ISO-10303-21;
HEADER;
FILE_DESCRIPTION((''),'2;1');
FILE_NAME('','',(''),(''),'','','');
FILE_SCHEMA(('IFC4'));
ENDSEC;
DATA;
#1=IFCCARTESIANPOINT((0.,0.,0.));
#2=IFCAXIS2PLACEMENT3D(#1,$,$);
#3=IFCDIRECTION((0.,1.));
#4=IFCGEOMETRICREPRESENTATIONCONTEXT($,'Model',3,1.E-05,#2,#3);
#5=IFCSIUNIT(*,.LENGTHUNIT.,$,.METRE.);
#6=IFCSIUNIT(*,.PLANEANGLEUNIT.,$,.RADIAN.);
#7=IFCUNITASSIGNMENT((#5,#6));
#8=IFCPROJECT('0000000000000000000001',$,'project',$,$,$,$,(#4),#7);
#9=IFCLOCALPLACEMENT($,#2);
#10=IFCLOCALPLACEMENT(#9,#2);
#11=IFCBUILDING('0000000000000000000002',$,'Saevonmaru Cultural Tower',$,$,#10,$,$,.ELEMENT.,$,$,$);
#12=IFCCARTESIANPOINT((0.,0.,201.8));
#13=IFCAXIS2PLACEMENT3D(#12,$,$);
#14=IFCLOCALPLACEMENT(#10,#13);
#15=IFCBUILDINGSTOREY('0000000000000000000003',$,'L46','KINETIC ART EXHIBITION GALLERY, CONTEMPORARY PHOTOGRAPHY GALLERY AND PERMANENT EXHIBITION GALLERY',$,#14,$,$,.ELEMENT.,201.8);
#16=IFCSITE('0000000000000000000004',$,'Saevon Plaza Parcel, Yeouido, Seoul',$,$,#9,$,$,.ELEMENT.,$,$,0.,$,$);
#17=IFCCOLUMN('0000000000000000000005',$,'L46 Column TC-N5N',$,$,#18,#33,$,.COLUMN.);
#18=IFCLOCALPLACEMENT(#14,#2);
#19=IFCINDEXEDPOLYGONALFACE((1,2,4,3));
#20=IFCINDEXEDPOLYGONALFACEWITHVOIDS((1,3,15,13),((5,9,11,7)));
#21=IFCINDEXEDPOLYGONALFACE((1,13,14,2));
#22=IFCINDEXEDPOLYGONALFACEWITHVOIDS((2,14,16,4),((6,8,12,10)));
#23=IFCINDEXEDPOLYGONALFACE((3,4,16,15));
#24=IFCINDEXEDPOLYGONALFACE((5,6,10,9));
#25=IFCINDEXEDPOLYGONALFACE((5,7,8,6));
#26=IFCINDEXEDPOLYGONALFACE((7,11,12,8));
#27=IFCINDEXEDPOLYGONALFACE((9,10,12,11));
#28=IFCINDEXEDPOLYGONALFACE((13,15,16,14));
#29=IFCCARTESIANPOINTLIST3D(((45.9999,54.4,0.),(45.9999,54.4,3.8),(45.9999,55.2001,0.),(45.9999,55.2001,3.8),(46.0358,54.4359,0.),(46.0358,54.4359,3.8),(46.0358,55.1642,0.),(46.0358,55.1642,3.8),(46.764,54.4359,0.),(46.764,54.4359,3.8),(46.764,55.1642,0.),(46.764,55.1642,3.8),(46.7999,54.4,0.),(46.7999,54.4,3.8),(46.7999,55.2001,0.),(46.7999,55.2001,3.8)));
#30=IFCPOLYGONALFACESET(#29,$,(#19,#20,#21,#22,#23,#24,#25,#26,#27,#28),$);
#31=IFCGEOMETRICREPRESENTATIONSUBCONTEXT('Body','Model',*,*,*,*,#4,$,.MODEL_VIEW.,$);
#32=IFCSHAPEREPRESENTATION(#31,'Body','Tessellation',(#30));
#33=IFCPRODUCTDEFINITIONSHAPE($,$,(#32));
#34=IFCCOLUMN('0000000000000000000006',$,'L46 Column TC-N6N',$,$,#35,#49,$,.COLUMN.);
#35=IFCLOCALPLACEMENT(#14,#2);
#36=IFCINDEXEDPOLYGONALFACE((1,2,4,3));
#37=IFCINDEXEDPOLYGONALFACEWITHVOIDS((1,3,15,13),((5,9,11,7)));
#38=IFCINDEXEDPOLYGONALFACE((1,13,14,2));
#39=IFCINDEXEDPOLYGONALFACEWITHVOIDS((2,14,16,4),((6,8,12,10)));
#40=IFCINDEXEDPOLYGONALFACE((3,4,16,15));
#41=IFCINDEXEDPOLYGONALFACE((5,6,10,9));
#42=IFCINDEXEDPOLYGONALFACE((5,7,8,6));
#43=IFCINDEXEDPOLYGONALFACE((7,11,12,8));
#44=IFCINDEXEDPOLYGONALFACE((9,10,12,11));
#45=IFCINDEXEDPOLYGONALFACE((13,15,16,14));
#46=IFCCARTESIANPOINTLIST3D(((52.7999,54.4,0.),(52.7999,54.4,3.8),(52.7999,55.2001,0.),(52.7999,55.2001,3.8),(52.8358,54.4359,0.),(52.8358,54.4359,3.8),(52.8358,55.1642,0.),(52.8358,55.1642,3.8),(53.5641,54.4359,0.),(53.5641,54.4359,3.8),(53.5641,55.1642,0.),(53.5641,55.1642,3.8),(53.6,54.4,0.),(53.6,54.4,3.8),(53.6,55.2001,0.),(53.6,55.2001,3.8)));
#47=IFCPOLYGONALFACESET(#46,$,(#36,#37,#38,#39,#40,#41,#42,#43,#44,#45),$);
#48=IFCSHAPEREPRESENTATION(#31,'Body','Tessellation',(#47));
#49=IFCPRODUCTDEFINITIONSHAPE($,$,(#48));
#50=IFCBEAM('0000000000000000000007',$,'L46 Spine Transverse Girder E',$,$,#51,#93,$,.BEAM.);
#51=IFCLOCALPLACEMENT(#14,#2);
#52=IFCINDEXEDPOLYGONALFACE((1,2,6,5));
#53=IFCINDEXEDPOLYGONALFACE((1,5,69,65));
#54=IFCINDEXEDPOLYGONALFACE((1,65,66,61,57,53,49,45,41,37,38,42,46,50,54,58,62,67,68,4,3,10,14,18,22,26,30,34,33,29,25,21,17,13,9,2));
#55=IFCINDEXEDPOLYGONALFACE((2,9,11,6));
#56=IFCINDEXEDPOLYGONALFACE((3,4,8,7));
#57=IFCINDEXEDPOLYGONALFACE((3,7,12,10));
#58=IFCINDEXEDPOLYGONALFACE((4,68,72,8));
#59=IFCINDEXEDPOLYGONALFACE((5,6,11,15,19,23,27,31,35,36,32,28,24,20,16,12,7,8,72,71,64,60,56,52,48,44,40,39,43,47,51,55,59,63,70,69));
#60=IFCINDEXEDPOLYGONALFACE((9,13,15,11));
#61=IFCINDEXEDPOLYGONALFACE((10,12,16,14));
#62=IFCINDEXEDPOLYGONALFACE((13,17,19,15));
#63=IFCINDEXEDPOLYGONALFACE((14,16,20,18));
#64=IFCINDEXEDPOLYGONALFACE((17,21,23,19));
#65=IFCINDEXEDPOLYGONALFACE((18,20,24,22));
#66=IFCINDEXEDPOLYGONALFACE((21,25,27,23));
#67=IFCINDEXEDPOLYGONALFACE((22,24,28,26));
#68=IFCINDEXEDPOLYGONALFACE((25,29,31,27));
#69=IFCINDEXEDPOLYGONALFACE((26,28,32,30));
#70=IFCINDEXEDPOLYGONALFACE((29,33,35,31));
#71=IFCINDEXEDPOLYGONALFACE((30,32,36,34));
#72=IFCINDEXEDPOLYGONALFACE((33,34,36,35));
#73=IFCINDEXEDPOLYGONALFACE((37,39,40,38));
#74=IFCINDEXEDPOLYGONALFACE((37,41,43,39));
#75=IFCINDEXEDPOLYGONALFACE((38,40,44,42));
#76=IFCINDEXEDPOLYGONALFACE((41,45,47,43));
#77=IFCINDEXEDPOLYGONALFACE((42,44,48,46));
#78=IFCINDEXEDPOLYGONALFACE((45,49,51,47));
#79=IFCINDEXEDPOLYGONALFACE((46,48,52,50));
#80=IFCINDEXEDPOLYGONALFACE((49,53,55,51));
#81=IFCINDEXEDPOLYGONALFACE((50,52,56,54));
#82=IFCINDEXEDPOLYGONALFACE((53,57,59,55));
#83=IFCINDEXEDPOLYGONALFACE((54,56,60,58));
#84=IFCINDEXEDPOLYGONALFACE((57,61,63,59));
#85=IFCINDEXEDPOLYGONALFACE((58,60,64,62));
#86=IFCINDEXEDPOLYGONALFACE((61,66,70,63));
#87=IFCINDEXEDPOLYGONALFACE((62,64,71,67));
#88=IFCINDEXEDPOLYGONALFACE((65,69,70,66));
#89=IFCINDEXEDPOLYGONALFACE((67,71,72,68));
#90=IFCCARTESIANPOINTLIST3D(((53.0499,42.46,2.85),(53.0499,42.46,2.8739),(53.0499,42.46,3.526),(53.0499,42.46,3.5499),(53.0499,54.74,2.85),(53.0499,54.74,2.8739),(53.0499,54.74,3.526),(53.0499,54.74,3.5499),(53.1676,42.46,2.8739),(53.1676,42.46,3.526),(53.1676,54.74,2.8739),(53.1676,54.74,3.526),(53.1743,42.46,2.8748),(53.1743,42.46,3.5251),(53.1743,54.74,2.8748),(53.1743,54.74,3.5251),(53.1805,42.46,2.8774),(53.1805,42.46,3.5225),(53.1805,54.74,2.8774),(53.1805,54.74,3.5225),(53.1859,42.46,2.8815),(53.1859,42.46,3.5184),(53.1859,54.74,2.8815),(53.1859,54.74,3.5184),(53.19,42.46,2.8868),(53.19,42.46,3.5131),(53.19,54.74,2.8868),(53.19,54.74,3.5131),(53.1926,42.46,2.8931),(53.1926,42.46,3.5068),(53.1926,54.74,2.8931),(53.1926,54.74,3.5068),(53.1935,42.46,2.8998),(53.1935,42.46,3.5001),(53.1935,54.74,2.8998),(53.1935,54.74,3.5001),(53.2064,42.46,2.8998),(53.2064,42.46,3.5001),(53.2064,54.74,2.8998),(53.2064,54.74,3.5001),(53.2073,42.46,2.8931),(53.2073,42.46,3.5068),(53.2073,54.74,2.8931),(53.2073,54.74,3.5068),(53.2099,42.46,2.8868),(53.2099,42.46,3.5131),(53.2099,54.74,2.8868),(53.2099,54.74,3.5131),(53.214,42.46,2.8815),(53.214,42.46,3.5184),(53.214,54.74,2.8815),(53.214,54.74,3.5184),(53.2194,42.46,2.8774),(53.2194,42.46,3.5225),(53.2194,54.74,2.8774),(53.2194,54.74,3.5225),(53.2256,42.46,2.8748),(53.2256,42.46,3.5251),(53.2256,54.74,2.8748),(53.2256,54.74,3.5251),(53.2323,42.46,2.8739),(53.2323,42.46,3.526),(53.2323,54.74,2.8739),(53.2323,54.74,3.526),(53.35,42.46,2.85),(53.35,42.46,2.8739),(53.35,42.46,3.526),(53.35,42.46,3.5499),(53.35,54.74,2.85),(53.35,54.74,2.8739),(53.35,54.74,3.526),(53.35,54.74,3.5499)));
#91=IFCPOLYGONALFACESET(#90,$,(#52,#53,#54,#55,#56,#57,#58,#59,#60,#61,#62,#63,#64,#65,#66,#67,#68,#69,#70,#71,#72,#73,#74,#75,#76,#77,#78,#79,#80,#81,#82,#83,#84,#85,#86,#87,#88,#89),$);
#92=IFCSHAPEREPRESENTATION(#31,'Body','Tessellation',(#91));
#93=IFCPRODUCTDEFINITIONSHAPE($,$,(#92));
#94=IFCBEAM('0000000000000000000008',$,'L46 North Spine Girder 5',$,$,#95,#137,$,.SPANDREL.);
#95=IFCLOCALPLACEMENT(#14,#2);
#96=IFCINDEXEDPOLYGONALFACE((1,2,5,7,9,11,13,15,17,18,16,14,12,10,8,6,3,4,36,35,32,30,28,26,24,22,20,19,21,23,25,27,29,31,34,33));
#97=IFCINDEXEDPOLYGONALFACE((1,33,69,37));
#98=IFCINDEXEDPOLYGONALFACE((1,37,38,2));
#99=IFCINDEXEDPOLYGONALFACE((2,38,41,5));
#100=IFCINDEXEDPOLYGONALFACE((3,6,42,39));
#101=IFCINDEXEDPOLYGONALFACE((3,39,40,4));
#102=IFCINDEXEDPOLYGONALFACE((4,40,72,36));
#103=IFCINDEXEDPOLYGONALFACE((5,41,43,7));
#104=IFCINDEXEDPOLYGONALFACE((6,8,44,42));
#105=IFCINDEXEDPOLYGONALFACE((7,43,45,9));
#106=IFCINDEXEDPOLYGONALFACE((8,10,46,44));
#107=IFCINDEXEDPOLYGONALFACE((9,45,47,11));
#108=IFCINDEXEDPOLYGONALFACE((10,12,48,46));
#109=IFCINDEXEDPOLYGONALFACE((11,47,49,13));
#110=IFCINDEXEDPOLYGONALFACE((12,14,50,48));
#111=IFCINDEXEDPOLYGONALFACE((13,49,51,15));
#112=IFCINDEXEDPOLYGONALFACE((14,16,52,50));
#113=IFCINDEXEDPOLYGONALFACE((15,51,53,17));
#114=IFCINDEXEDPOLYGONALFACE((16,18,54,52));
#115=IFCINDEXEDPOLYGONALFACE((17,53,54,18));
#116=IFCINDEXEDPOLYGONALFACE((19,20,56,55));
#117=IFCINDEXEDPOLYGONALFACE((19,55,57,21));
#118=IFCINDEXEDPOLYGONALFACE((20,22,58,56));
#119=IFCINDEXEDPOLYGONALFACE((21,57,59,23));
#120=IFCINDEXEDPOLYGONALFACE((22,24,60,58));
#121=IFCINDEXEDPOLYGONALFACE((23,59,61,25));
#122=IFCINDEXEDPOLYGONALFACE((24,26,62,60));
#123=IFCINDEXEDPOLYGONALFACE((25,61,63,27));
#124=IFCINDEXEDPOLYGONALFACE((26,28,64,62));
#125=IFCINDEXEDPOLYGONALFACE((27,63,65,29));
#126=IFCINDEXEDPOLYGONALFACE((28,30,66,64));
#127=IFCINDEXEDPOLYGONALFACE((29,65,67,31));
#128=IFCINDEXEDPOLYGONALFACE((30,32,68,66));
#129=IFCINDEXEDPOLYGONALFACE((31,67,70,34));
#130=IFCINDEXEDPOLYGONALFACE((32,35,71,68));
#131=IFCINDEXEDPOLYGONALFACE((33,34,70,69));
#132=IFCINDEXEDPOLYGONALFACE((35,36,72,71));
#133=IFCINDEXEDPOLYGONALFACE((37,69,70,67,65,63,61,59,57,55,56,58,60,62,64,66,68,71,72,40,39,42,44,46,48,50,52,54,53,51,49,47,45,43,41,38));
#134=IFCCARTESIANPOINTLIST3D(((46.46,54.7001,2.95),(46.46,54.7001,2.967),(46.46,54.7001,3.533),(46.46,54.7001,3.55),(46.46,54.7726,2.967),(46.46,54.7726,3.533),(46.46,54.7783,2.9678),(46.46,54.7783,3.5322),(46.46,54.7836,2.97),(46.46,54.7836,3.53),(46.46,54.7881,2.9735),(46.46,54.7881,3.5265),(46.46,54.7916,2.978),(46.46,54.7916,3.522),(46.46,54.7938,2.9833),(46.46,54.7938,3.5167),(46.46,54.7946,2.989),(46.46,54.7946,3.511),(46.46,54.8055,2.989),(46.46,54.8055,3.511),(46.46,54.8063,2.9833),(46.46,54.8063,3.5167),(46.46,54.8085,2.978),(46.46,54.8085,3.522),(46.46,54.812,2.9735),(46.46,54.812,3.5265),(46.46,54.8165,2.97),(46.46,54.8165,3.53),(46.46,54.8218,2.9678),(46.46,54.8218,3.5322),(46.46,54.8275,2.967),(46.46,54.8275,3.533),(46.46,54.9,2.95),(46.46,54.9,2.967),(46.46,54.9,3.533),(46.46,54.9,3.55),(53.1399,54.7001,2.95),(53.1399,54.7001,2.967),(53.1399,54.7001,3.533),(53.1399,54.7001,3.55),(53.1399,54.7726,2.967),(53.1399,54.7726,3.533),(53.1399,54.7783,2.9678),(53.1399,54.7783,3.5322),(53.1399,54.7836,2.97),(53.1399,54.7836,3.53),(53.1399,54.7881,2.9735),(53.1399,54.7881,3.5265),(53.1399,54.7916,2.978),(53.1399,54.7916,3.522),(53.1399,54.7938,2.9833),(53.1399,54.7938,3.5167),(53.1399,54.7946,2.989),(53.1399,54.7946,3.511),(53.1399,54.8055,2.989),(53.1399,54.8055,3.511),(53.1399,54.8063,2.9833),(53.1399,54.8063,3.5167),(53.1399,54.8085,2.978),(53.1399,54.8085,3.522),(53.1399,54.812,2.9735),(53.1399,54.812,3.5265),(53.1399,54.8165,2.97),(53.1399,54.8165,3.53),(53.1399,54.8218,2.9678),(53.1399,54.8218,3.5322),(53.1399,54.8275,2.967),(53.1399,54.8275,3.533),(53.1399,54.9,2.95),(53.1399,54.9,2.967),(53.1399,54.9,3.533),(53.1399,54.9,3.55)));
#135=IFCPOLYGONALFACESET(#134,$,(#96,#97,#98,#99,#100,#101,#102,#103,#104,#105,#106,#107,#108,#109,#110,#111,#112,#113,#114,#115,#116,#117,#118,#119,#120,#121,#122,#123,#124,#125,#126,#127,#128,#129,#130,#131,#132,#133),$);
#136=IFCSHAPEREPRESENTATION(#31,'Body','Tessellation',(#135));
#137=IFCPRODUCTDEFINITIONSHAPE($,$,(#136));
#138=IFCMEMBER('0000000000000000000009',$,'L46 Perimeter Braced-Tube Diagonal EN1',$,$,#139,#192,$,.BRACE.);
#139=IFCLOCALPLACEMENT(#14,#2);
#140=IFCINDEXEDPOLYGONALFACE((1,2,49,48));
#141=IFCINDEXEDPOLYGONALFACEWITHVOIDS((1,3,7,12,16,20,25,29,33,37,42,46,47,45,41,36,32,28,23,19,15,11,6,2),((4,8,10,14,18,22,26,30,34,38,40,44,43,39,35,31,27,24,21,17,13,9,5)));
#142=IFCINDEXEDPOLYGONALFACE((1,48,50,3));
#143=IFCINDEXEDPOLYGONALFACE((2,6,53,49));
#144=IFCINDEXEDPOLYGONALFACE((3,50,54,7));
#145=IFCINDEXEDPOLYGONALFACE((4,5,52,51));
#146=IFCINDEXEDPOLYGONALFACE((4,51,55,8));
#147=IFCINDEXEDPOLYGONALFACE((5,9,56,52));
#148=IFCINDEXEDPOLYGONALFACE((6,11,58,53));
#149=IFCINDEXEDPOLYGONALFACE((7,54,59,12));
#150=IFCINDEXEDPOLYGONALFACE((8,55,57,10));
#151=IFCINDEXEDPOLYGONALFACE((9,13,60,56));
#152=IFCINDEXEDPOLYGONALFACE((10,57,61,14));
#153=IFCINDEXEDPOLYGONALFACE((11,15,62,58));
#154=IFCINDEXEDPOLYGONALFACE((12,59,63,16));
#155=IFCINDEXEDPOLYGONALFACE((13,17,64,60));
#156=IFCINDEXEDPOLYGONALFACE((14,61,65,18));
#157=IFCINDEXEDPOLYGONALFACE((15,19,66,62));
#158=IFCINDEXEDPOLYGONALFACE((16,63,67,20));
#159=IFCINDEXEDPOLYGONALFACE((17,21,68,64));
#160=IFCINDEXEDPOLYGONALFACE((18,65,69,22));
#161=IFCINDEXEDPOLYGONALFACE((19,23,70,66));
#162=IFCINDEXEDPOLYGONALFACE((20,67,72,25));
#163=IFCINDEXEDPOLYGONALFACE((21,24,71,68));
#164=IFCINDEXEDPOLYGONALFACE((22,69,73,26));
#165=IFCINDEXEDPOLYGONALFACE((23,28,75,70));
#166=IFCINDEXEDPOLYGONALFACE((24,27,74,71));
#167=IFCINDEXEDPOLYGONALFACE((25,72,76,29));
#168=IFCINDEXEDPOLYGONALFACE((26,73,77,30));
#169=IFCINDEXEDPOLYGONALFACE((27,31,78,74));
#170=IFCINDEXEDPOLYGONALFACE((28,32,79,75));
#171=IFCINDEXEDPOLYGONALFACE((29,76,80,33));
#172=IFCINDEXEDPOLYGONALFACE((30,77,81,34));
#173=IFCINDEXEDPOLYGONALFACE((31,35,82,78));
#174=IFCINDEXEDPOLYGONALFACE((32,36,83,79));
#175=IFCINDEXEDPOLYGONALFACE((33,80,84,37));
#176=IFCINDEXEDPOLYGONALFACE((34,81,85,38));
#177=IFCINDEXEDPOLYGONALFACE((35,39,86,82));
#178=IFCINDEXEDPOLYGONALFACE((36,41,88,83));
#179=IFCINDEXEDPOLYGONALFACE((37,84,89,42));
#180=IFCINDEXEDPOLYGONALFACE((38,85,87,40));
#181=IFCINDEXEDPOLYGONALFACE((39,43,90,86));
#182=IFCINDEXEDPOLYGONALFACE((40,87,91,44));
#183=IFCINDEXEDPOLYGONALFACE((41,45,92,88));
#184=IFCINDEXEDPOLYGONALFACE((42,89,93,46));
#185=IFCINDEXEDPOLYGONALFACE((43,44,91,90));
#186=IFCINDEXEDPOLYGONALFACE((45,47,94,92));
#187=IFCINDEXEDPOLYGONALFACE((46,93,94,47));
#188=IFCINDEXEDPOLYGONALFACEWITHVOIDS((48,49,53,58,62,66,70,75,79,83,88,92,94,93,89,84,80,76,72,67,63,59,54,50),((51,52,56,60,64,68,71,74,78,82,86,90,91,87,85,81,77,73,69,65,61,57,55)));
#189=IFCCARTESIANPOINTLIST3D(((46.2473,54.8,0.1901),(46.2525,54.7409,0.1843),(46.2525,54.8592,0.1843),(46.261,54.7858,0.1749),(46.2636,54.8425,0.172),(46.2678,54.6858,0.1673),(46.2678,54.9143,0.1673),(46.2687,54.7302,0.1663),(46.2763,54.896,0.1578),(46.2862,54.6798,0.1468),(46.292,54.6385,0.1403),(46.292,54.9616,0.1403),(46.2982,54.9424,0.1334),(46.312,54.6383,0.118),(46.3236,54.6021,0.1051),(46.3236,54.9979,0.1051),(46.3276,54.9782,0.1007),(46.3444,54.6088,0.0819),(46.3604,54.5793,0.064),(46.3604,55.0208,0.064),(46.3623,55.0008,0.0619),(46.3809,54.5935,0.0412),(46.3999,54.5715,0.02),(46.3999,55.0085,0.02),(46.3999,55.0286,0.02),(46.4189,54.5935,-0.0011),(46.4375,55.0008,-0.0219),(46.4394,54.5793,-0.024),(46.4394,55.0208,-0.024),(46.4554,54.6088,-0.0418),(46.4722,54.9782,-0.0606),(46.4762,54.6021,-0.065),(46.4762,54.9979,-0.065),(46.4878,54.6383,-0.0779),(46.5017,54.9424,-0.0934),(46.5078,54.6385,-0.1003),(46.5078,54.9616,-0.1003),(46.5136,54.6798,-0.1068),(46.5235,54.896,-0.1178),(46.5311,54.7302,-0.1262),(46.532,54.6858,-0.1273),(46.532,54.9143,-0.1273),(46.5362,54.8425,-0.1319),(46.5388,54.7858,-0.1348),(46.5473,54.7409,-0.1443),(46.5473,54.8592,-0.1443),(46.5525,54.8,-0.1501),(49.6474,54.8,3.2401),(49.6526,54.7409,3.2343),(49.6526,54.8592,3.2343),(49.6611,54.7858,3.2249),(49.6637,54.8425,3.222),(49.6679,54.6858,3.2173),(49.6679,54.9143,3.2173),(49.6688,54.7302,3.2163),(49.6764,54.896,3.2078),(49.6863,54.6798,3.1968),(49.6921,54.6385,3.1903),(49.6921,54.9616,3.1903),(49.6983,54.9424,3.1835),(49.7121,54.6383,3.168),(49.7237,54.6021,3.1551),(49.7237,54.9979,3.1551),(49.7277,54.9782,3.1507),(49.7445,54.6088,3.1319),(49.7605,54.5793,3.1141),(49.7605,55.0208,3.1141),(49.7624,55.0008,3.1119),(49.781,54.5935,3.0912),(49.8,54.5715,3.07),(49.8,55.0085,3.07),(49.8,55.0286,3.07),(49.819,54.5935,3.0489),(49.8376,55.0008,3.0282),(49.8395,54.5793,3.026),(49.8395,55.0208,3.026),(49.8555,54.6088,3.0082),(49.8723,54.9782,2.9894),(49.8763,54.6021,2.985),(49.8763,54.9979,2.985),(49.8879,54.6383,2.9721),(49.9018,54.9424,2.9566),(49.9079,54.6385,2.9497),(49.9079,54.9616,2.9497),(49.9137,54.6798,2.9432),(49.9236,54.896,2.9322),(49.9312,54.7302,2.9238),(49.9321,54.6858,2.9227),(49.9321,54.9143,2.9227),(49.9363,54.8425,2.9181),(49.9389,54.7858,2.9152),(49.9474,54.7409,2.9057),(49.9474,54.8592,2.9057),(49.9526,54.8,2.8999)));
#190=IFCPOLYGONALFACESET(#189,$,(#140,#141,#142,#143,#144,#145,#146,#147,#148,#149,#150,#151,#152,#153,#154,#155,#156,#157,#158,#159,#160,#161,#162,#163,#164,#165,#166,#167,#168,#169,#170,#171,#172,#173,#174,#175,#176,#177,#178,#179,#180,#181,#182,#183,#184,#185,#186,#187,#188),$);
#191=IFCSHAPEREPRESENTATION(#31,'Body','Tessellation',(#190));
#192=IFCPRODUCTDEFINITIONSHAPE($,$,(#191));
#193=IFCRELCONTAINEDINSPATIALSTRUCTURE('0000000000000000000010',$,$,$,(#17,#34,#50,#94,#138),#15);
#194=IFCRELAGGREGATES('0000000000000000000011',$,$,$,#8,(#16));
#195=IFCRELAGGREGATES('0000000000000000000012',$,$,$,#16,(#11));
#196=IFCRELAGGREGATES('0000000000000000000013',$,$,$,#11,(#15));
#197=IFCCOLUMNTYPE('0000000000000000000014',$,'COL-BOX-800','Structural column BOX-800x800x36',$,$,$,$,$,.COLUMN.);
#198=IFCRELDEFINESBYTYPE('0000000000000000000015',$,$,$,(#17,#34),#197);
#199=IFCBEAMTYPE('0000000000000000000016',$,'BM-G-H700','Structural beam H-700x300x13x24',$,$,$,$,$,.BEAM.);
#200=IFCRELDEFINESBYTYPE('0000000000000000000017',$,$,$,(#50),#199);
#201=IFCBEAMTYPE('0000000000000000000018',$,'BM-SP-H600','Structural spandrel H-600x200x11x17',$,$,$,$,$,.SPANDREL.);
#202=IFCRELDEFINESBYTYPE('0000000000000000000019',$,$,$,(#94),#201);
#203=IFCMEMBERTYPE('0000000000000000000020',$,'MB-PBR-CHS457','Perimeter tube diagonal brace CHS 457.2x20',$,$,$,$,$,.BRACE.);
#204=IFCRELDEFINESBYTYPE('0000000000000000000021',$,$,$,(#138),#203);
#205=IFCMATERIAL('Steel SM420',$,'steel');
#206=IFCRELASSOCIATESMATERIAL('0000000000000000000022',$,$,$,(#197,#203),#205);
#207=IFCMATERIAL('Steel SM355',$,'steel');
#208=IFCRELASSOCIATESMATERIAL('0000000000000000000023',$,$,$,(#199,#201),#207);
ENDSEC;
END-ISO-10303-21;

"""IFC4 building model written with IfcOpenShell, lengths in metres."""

from ifc_helpers import new_model, si_unit, direction, frame, origin, origin_2d, place, context, subcontext, project, spatial, hollow_rectangle, hollow_circle, i_section, extrude, material, material_profile, profile_set, type_object, element, save


model = new_model("IFC4")

# Units and contexts
model_context = context("Model", 3, precision=1e-05, world=origin(), true_north=direction((0.0, 1.0)))
body_context = subcontext(model_context, "Body", "Model", "MODEL_VIEW")
ifc_project = project(units=[si_unit("LENGTHUNIT", "METRE"), si_unit("PLANEANGLEUNIT", "RADIAN")], contexts=[model_context])

# Site, building, storey
site_placement = place(None, origin())
site = spatial("IfcSite", under=ifc_project, at=site_placement, Name="Saevon Plaza Parcel, Yeouido, Seoul", CompositionType="ELEMENT", RefElevation=0.0)
building_placement = place(site_placement, origin())
building = spatial("IfcBuilding", under=site, at=building_placement, Name="Saevonmaru Cultural Tower", CompositionType="ELEMENT")
storey_placement = place(building_placement, frame((0.0, 0.0, 201.8)))
storey = spatial("IfcBuildingStorey", under=building, at=storey_placement, Name="L46", Description="KINETIC ART EXHIBITION GALLERY, CONTEMPORARY PHOTOGRAPHY GALLERY AND PERMANENT EXHIBITION GALLERY", CompositionType="ELEMENT", Elevation=201.8)

# Columns
ifc_material_1 = material(Name="Steel SM420", Category="steel")
ifc_material_profile_1 = material_profile(ifc_material_1, hollow_rectangle(XDim=0.8, YDim=0.8, WallThickness=0.0359, at=origin_2d()), Name="BOX-800x800x36")
ifc_profile_set_1 = profile_set([ifc_material_profile_1], Name="Steel SM420")
column_type = type_object("IfcColumnType", Name="COL-BOX-800", Description="Structural column BOX-800x800x36", PredefinedType="COLUMN", material=ifc_profile_set_1)
for number, where, z_axis, x_axis, name in (
    (1, (46.3999, 54.8, 0.0), (0.0, 0.0, 1.0), (1.0, 0.0, 0.0), "L46 Column TC-N5N"),
    (2, (53.2, 54.8, 0.0), (0.0, 0.0, 1.0), (1.0, 0.0, 0.0), "L46 Column TC-N6N"),
):
    element("IfcColumn", number, at=place(storey_placement, frame(where, z_axis=z_axis, x_axis=x_axis)), inside=storey, type_object=column_type, Name=name, PredefinedType="COLUMN", context=body_context, shape_type="SweptSolid", body=[
        extrude(hollow_rectangle(XDim=0.8, YDim=0.8, WallThickness=0.0359, at=origin_2d()), origin(), (0.0, 0.0, 1.0), 3.8),
    ])

# Beams
ifc_material_2 = material(Name="Steel SM355", Category="steel")
ifc_material_profile_2 = material_profile(ifc_material_2, i_section(OverallWidth=0.3, OverallDepth=0.7, WebThickness=0.0129, FlangeThickness=0.0239, FilletRadius=0.0259, at=origin_2d()), Name="H-700x300x13x24")
ifc_profile_set_2 = profile_set([ifc_material_profile_2], Name="Steel SM355")
beam_type_1 = type_object("IfcBeamType", Name="BM-G-H700", Description="Structural beam H-700x300x13x24", PredefinedType="BEAM", material=ifc_profile_set_2)
beam_1_placement = place(storey_placement, frame((53.2, 54.74, 3.2), z_axis=(0.0, -1.0, 0.0), x_axis=(1.0, 0.0, 0.0)))
element("IfcBeam", 3, at=beam_1_placement, inside=storey, type_object=beam_type_1, Name="L46 Spine Transverse Girder E", PredefinedType="BEAM", context=body_context, shape_type="SweptSolid", body=[
    extrude(i_section(OverallWidth=0.3, OverallDepth=0.7, WebThickness=0.0129, FlangeThickness=0.0239, FilletRadius=0.0259, at=origin_2d()), origin(), (0.0, 0.0, 1.0), 12.28),
])
ifc_material_profile_3 = material_profile(ifc_material_2, i_section(OverallWidth=0.2, OverallDepth=0.6001, WebThickness=0.011, FlangeThickness=0.0171, FilletRadius=0.022, at=origin_2d()), Name="H-600x200x11x17")
ifc_profile_set_3 = profile_set([ifc_material_profile_3], Name="Steel SM355")
beam_type_2 = type_object("IfcBeamType", Name="BM-SP-H600", Description="Structural spandrel H-600x200x11x17", PredefinedType="SPANDREL", material=ifc_profile_set_3)
beam_2_placement = place(storey_placement, frame((46.46, 54.8, 3.25), z_axis=(1.0, 0.0, 0.0), x_axis=(0.0, 1.0, 0.0)))
element("IfcBeam", 4, at=beam_2_placement, inside=storey, type_object=beam_type_2, Name="L46 North Spine Girder 5", PredefinedType="SPANDREL", context=body_context, shape_type="SweptSolid", body=[
    extrude(i_section(OverallWidth=0.2, OverallDepth=0.6001, WebThickness=0.011, FlangeThickness=0.0171, FilletRadius=0.022, at=origin_2d()), origin(), (0.0, 0.0, 1.0), 6.6799),
])

# Member
ifc_material_profile_4 = material_profile(ifc_material_1, hollow_circle(Radius=0.2285, WallThickness=0.02, at=origin_2d()), Name="CHS-457.2x20")
ifc_profile_set_4 = profile_set([ifc_material_profile_4], Name="Steel SM420")
member_type_1 = type_object("IfcMemberType", Name="MB-PBR-CHS457", Description="Perimeter tube diagonal brace CHS 457.2x20", PredefinedType="BRACE", material=ifc_profile_set_4)
for number, where, z_axis, x_axis, name in (
    (5, (46.3999, 54.8, 0.02), (0.744391, 0.0, 0.667744), (0.0, 1.0, 0.0), "L46 Perimeter Braced-Tube Diagonal EN1"),
):
    element("IfcMember", number, at=place(storey_placement, frame(where, z_axis=z_axis, x_axis=x_axis)), inside=storey, type_object=member_type_1, Name=name, PredefinedType="BRACE", context=body_context, shape_type="SweptSolid", body=[
        extrude(hollow_circle(Radius=0.2285, WallThickness=0.02, at=origin_2d()), origin(), (0.0, 0.0, 1.0), 4.5676),
    ])

save(model, "model.ifc")
